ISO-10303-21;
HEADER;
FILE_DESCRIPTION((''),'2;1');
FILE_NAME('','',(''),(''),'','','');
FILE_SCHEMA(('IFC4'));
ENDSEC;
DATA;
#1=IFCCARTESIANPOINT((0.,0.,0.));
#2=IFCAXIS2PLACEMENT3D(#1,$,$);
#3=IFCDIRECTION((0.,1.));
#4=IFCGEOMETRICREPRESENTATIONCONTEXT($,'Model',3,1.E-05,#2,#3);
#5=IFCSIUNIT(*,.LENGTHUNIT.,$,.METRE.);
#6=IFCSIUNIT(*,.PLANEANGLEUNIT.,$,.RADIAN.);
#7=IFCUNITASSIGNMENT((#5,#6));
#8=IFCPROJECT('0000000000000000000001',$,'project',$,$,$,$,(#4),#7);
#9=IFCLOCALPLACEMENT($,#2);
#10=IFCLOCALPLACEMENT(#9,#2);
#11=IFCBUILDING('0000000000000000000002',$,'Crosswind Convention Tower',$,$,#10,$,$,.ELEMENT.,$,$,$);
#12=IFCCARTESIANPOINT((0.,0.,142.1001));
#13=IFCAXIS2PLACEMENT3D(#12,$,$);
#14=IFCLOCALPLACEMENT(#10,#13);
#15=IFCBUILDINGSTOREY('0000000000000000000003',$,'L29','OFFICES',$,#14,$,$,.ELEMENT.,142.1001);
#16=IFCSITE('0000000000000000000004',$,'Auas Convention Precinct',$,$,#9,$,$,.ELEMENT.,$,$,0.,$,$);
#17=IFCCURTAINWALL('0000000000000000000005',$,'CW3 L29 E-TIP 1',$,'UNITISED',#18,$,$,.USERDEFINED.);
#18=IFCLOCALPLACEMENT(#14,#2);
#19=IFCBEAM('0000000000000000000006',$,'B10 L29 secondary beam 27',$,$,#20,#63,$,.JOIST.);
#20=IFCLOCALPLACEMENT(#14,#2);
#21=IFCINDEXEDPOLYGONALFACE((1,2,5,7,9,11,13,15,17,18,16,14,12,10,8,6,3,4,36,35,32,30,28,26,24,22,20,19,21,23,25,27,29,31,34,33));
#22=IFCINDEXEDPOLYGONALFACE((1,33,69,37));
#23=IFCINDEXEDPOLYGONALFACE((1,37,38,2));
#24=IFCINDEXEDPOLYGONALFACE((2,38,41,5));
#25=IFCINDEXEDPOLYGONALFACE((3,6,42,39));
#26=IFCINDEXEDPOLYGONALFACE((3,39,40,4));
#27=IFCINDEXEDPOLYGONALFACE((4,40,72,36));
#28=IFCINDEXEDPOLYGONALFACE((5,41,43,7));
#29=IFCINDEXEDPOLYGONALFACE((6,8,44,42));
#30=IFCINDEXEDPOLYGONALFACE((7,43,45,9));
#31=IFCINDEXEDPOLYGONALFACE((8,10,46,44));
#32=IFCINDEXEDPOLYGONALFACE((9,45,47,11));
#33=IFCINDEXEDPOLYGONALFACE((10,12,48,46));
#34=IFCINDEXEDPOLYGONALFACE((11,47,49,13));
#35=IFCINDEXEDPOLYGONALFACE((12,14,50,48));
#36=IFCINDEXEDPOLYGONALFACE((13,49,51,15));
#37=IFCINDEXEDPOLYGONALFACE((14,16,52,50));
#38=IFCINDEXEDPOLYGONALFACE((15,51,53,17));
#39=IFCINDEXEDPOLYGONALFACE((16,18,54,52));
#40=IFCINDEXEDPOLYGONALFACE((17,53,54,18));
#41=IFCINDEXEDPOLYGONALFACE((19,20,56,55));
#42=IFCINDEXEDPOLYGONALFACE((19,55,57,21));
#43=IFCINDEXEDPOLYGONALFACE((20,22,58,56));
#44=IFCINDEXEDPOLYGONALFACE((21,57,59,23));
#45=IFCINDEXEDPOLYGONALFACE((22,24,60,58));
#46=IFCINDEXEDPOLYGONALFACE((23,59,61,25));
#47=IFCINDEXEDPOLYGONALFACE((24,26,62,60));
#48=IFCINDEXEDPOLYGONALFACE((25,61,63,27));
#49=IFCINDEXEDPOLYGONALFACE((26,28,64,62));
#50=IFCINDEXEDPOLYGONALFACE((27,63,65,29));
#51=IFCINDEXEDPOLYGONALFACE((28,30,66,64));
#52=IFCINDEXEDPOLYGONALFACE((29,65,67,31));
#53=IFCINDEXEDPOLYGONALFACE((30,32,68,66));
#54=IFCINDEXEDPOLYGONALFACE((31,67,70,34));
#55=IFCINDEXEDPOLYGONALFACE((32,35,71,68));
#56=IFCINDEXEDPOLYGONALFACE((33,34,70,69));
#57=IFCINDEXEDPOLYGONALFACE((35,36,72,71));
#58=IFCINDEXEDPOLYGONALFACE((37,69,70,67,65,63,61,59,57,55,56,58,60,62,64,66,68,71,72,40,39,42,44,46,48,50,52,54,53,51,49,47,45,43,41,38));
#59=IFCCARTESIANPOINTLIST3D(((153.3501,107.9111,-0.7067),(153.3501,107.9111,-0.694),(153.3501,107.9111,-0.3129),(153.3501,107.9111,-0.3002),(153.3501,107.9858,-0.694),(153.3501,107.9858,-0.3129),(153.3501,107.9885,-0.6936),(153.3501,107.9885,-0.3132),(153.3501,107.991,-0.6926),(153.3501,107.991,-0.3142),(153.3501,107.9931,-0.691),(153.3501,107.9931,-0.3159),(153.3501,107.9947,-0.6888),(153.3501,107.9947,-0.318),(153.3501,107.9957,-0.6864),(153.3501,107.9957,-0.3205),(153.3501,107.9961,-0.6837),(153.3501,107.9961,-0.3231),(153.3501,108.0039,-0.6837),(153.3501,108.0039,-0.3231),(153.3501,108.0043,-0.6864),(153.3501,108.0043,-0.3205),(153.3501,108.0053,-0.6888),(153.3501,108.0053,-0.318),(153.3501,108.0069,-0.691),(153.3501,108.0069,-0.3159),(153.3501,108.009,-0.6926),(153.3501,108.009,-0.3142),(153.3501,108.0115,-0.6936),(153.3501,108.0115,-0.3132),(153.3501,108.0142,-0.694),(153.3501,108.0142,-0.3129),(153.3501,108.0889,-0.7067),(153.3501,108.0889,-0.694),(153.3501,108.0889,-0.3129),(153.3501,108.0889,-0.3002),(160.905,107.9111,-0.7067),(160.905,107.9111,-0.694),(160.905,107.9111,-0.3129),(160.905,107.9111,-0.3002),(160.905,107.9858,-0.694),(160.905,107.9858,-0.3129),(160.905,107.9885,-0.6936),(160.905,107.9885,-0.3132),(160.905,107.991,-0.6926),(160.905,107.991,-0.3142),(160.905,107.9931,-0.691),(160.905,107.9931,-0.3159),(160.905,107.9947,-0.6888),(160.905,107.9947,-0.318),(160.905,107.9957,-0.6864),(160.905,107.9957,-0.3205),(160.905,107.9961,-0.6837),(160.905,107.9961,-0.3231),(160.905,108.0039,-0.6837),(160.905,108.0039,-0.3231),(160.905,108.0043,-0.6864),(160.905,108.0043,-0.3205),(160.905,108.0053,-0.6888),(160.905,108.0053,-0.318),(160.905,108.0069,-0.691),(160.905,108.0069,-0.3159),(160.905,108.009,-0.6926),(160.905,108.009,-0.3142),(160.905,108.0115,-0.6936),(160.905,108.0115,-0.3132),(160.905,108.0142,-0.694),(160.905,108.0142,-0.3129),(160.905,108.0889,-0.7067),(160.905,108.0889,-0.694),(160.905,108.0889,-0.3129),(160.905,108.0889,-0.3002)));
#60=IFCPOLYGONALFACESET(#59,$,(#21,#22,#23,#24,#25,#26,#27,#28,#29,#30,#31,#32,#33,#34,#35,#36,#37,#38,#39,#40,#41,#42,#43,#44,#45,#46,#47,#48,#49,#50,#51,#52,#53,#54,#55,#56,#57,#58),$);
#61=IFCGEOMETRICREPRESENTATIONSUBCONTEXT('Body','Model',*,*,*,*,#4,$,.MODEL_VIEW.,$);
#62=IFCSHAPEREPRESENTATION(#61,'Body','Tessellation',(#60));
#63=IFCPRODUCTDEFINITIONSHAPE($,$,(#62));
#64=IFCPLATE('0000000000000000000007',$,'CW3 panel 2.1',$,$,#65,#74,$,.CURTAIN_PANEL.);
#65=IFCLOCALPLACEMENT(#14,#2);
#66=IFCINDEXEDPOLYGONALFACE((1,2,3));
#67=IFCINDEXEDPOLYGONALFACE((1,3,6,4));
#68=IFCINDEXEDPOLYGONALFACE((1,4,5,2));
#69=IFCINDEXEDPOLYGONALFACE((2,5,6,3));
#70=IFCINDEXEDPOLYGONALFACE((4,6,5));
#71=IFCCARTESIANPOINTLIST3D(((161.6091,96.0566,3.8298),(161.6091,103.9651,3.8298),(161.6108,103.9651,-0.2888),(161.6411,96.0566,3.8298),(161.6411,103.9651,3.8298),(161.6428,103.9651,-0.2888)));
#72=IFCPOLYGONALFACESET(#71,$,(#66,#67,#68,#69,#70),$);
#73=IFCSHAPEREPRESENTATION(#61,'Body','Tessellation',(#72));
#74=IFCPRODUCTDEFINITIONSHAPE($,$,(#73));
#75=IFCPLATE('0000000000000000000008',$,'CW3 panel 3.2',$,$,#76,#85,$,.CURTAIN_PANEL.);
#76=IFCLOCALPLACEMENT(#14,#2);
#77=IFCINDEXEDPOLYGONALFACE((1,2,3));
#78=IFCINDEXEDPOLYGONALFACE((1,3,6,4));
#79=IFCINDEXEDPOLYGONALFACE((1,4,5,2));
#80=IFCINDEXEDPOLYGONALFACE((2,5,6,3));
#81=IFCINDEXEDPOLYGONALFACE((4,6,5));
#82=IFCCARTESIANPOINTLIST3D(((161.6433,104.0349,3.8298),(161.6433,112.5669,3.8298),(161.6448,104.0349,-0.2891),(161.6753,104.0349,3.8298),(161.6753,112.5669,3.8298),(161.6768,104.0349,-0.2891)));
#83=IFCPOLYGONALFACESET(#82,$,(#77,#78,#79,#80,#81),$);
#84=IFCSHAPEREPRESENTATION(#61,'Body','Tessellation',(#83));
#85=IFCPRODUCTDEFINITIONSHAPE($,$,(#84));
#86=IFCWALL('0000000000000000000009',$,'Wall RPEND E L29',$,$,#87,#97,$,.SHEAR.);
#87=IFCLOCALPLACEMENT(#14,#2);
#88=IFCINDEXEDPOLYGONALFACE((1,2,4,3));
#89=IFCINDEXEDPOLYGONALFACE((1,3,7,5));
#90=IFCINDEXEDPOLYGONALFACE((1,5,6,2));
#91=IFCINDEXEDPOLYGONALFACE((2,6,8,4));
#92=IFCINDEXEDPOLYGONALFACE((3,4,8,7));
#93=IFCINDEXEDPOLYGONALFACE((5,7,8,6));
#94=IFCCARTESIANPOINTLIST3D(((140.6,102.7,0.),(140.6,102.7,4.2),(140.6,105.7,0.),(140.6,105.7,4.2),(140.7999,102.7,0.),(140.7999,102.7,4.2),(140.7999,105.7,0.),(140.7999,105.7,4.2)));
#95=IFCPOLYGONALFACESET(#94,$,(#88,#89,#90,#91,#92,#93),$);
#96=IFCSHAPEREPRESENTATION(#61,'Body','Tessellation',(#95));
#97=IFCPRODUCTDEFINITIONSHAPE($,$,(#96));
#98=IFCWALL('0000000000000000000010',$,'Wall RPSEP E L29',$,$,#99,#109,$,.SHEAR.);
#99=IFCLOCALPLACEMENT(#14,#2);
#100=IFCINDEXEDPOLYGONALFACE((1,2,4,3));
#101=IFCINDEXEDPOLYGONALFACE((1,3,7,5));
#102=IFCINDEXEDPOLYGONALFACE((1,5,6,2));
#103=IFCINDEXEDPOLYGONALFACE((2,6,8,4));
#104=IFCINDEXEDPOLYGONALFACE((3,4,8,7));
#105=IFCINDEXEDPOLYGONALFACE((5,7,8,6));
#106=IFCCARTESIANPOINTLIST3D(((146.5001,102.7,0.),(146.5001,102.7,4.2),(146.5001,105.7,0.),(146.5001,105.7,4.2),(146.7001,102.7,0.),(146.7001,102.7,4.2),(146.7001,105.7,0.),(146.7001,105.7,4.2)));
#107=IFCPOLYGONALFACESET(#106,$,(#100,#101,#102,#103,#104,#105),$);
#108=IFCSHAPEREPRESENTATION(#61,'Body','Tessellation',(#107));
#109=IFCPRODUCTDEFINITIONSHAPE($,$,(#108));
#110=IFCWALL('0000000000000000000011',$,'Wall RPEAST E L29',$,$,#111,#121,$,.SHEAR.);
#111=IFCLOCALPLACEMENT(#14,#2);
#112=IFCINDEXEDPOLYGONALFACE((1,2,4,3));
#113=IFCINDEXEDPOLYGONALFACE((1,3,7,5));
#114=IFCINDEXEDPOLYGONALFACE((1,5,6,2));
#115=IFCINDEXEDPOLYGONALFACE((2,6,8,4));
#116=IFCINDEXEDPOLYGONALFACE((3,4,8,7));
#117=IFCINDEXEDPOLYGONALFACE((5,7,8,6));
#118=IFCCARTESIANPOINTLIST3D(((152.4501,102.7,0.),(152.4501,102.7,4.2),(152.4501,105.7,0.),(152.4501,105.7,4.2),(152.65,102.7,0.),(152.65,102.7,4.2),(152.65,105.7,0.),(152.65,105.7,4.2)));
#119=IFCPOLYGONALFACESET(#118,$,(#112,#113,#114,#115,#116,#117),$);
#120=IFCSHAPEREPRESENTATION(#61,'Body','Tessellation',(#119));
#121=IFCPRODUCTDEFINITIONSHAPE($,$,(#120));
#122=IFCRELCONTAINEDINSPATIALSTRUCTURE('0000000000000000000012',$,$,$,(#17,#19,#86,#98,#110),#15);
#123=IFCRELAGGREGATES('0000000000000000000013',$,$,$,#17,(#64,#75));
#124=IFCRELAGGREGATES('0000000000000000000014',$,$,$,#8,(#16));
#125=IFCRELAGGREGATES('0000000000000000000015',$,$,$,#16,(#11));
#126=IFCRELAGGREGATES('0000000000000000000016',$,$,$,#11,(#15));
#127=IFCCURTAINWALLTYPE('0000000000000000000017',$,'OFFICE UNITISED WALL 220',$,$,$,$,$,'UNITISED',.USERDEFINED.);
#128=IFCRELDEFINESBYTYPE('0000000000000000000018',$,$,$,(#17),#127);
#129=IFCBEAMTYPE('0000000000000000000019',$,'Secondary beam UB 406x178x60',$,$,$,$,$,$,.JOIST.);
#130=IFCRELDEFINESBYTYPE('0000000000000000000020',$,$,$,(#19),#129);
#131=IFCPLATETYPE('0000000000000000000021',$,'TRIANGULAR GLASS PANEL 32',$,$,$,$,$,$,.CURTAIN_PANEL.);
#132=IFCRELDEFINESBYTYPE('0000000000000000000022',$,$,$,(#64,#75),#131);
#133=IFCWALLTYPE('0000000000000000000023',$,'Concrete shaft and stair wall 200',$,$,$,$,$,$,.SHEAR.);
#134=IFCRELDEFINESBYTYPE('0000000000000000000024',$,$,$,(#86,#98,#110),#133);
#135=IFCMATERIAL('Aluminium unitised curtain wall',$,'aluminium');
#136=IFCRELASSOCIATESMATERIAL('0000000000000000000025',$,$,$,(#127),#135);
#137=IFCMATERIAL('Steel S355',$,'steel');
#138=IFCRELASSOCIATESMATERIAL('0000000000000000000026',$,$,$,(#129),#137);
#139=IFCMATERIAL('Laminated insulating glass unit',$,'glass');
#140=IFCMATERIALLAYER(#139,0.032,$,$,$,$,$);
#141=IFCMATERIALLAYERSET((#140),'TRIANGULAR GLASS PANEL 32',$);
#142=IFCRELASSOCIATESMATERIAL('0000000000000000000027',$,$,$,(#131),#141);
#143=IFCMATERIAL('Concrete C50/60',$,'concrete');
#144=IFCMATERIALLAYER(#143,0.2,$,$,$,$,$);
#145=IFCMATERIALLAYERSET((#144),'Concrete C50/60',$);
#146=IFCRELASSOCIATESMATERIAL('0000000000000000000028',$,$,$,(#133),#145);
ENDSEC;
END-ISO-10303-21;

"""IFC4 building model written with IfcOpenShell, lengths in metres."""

from ifc_helpers import new_model, si_unit, direction, frame, frame_2d, origin, origin_2d, place, context, subcontext, project, spatial, polyline, rectangle, i_section, outline, extrude, material, layer, layer_set, material_profile, profile_set, type_object, element, aggregate, save


model = new_model("IFC4")

# Units and contexts
model_context = context("Model", 3, precision=1e-05, world=origin(), true_north=direction((0.0, 1.0)))
body_context = subcontext(model_context, "Body", "Model", "MODEL_VIEW")
ifc_project = project(units=[si_unit("LENGTHUNIT", "METRE"), si_unit("PLANEANGLEUNIT", "RADIAN")], contexts=[model_context])

# Site, building, storey
site_placement = place(None, origin())
site = spatial("IfcSite", under=ifc_project, at=site_placement, Name="Auas Convention Precinct", CompositionType="ELEMENT", RefElevation=0.0)
building_placement = place(site_placement, origin())
building = spatial("IfcBuilding", under=site, at=building_placement, Name="Crosswind Convention Tower", CompositionType="ELEMENT")
storey_placement = place(building_placement, frame((0.0, 0.0, 142.1001)))
storey = spatial("IfcBuildingStorey", under=building, at=storey_placement, Name="L29", Description="OFFICES", CompositionType="ELEMENT", Elevation=142.1001)

# Shared definitions
ifc_material_1 = material(Name="Steel S355", Category="steel")

# Curtain wall
ifc_material_2 = material(Name="Aluminium unitised curtain wall", Category="aluminium")
curtain_wall_type = type_object("IfcCurtainWallType", Name="OFFICE UNITISED WALL 220", ElementType="UNITISED", PredefinedType="USERDEFINED", material=ifc_material_2)
curtain_wall_placement = place(storey_placement, origin())
curtain_wall = element("IfcCurtainWall", 1, at=curtain_wall_placement, inside=storey, type_object=curtain_wall_type, Name="CW3 L29 E-TIP 1", ObjectType="UNITISED", PredefinedType="USERDEFINED")

# Beam
ifc_material_profile_1 = material_profile(ifc_material_1, i_section(OverallWidth=0.1777, OverallDepth=0.4065, WebThickness=0.0078, FlangeThickness=0.0127, FilletRadius=0.0103, at=origin_2d()), Name="UB 406x178x60")
ifc_profile_set_1 = profile_set([ifc_material_profile_1], Name="Steel S355")
beam_type_1 = type_object("IfcBeamType", Name="Secondary beam UB 406x178x60", PredefinedType="JOIST", material=ifc_profile_set_1)
for number, where, z_axis, x_axis, name in (
    (2, (153.3501, 108.0, -0.5034), (1.0, 0.0, 0.0), (0.0, 1.0, 0.0), "B10 L29 secondary beam 27"),
):
    element("IfcBeam", number, at=place(storey_placement, frame(where, z_axis=z_axis, x_axis=x_axis)), inside=storey, type_object=beam_type_1, Name=name, PredefinedType="JOIST", context=body_context, shape_type="SweptSolid", body=[
        extrude(i_section(OverallWidth=0.1777, OverallDepth=0.4065, WebThickness=0.0078, FlangeThickness=0.0127, FilletRadius=0.0103, at=origin_2d()), origin(), (0.0, 0.0, 1.0), 7.5549),
    ])

# Plates
ifc_material_3 = material(Name="Laminated insulating glass unit", Category="glass")
ifc_layer_1 = layer(ifc_material_3, 0.032)
ifc_layer_set_1 = layer_set([ifc_layer_1], Name="TRIANGULAR GLASS PANEL 32")
plate_type = type_object("IfcPlateType", Name="TRIANGULAR GLASS PANEL 32", PredefinedType="CURTAIN_PANEL", material=ifc_layer_set_1)
plate_1_placement = place(storey_placement, frame((161.6411, 103.9651, 3.8298), z_axis=(1.0, 0.0, 0.000415), x_axis=(0.0, -1.0, 0.0)))
plate_1 = element("IfcPlate", 3, at=plate_1_placement, type_object=plate_type, Name="CW3 panel 2.1", PredefinedType="CURTAIN_PANEL", context=body_context, shape_type="SweptSolid", body=[
    extrude(outline(polyline([(0.0, 0.0), (7.9084, 0.0), (0.0, 4.1187), (0.0, 0.0)])), origin(), (0.0, 0.0, -1.0), 0.032),
])
plate_2_placement = place(storey_placement, frame((161.6753, 104.0349, 3.8298), z_axis=(1.0, 0.0, 0.000356), x_axis=(0.000356, 0.0, -1.0)))
plate_2 = element("IfcPlate", 4, at=plate_2_placement, type_object=plate_type, Name="CW3 panel 3.2", PredefinedType="CURTAIN_PANEL", context=body_context, shape_type="SweptSolid", body=[
    extrude(outline(polyline([(0.0, 0.0), (4.1189, 0.0), (0.0, 8.532), (0.0, 0.0)])), origin(), (0.0, 0.0, -1.0), 0.032),
])
aggregate(curtain_wall, [plate_1, plate_2])

# Walls
ifc_material_4 = material(Name="Concrete C50/60", Category="concrete")
ifc_layer_2 = layer(ifc_material_4, 0.2)
ifc_layer_set_2 = layer_set([ifc_layer_2], Name="Concrete C50/60")
wall_type_1 = type_object("IfcWallType", Name="Concrete shaft and stair wall 200", PredefinedType="SHEAR", material=ifc_layer_set_2)
for number, where, z_axis, x_axis, name in (
    (5, (140.7, 102.7, 0.0), (0.0, 0.0, 1.0), (0.0, 1.0, 0.0), "Wall RPEND E L29"),
    (6, (146.6001, 102.7, 0.0), (0.0, 0.0, 1.0), (0.0, 1.0, 0.0), "Wall RPSEP E L29"),
    (7, (152.55, 102.7, 0.0), (0.0, 0.0, 1.0), (0.0, 1.0, 0.0), "Wall RPEAST E L29"),
):
    element("IfcWall", number, at=place(storey_placement, frame(where, z_axis=z_axis, x_axis=x_axis)), inside=storey, type_object=wall_type_1, Name=name, PredefinedType="SHEAR", context=body_context, shape_type="SweptSolid", body=[
        extrude(rectangle(XDim=3.0, YDim=0.2, at=frame_2d((1.5, 0.0))), origin(), (0.0, 0.0, 1.0), 4.2),
    ])

save(model, "model.ifc")
